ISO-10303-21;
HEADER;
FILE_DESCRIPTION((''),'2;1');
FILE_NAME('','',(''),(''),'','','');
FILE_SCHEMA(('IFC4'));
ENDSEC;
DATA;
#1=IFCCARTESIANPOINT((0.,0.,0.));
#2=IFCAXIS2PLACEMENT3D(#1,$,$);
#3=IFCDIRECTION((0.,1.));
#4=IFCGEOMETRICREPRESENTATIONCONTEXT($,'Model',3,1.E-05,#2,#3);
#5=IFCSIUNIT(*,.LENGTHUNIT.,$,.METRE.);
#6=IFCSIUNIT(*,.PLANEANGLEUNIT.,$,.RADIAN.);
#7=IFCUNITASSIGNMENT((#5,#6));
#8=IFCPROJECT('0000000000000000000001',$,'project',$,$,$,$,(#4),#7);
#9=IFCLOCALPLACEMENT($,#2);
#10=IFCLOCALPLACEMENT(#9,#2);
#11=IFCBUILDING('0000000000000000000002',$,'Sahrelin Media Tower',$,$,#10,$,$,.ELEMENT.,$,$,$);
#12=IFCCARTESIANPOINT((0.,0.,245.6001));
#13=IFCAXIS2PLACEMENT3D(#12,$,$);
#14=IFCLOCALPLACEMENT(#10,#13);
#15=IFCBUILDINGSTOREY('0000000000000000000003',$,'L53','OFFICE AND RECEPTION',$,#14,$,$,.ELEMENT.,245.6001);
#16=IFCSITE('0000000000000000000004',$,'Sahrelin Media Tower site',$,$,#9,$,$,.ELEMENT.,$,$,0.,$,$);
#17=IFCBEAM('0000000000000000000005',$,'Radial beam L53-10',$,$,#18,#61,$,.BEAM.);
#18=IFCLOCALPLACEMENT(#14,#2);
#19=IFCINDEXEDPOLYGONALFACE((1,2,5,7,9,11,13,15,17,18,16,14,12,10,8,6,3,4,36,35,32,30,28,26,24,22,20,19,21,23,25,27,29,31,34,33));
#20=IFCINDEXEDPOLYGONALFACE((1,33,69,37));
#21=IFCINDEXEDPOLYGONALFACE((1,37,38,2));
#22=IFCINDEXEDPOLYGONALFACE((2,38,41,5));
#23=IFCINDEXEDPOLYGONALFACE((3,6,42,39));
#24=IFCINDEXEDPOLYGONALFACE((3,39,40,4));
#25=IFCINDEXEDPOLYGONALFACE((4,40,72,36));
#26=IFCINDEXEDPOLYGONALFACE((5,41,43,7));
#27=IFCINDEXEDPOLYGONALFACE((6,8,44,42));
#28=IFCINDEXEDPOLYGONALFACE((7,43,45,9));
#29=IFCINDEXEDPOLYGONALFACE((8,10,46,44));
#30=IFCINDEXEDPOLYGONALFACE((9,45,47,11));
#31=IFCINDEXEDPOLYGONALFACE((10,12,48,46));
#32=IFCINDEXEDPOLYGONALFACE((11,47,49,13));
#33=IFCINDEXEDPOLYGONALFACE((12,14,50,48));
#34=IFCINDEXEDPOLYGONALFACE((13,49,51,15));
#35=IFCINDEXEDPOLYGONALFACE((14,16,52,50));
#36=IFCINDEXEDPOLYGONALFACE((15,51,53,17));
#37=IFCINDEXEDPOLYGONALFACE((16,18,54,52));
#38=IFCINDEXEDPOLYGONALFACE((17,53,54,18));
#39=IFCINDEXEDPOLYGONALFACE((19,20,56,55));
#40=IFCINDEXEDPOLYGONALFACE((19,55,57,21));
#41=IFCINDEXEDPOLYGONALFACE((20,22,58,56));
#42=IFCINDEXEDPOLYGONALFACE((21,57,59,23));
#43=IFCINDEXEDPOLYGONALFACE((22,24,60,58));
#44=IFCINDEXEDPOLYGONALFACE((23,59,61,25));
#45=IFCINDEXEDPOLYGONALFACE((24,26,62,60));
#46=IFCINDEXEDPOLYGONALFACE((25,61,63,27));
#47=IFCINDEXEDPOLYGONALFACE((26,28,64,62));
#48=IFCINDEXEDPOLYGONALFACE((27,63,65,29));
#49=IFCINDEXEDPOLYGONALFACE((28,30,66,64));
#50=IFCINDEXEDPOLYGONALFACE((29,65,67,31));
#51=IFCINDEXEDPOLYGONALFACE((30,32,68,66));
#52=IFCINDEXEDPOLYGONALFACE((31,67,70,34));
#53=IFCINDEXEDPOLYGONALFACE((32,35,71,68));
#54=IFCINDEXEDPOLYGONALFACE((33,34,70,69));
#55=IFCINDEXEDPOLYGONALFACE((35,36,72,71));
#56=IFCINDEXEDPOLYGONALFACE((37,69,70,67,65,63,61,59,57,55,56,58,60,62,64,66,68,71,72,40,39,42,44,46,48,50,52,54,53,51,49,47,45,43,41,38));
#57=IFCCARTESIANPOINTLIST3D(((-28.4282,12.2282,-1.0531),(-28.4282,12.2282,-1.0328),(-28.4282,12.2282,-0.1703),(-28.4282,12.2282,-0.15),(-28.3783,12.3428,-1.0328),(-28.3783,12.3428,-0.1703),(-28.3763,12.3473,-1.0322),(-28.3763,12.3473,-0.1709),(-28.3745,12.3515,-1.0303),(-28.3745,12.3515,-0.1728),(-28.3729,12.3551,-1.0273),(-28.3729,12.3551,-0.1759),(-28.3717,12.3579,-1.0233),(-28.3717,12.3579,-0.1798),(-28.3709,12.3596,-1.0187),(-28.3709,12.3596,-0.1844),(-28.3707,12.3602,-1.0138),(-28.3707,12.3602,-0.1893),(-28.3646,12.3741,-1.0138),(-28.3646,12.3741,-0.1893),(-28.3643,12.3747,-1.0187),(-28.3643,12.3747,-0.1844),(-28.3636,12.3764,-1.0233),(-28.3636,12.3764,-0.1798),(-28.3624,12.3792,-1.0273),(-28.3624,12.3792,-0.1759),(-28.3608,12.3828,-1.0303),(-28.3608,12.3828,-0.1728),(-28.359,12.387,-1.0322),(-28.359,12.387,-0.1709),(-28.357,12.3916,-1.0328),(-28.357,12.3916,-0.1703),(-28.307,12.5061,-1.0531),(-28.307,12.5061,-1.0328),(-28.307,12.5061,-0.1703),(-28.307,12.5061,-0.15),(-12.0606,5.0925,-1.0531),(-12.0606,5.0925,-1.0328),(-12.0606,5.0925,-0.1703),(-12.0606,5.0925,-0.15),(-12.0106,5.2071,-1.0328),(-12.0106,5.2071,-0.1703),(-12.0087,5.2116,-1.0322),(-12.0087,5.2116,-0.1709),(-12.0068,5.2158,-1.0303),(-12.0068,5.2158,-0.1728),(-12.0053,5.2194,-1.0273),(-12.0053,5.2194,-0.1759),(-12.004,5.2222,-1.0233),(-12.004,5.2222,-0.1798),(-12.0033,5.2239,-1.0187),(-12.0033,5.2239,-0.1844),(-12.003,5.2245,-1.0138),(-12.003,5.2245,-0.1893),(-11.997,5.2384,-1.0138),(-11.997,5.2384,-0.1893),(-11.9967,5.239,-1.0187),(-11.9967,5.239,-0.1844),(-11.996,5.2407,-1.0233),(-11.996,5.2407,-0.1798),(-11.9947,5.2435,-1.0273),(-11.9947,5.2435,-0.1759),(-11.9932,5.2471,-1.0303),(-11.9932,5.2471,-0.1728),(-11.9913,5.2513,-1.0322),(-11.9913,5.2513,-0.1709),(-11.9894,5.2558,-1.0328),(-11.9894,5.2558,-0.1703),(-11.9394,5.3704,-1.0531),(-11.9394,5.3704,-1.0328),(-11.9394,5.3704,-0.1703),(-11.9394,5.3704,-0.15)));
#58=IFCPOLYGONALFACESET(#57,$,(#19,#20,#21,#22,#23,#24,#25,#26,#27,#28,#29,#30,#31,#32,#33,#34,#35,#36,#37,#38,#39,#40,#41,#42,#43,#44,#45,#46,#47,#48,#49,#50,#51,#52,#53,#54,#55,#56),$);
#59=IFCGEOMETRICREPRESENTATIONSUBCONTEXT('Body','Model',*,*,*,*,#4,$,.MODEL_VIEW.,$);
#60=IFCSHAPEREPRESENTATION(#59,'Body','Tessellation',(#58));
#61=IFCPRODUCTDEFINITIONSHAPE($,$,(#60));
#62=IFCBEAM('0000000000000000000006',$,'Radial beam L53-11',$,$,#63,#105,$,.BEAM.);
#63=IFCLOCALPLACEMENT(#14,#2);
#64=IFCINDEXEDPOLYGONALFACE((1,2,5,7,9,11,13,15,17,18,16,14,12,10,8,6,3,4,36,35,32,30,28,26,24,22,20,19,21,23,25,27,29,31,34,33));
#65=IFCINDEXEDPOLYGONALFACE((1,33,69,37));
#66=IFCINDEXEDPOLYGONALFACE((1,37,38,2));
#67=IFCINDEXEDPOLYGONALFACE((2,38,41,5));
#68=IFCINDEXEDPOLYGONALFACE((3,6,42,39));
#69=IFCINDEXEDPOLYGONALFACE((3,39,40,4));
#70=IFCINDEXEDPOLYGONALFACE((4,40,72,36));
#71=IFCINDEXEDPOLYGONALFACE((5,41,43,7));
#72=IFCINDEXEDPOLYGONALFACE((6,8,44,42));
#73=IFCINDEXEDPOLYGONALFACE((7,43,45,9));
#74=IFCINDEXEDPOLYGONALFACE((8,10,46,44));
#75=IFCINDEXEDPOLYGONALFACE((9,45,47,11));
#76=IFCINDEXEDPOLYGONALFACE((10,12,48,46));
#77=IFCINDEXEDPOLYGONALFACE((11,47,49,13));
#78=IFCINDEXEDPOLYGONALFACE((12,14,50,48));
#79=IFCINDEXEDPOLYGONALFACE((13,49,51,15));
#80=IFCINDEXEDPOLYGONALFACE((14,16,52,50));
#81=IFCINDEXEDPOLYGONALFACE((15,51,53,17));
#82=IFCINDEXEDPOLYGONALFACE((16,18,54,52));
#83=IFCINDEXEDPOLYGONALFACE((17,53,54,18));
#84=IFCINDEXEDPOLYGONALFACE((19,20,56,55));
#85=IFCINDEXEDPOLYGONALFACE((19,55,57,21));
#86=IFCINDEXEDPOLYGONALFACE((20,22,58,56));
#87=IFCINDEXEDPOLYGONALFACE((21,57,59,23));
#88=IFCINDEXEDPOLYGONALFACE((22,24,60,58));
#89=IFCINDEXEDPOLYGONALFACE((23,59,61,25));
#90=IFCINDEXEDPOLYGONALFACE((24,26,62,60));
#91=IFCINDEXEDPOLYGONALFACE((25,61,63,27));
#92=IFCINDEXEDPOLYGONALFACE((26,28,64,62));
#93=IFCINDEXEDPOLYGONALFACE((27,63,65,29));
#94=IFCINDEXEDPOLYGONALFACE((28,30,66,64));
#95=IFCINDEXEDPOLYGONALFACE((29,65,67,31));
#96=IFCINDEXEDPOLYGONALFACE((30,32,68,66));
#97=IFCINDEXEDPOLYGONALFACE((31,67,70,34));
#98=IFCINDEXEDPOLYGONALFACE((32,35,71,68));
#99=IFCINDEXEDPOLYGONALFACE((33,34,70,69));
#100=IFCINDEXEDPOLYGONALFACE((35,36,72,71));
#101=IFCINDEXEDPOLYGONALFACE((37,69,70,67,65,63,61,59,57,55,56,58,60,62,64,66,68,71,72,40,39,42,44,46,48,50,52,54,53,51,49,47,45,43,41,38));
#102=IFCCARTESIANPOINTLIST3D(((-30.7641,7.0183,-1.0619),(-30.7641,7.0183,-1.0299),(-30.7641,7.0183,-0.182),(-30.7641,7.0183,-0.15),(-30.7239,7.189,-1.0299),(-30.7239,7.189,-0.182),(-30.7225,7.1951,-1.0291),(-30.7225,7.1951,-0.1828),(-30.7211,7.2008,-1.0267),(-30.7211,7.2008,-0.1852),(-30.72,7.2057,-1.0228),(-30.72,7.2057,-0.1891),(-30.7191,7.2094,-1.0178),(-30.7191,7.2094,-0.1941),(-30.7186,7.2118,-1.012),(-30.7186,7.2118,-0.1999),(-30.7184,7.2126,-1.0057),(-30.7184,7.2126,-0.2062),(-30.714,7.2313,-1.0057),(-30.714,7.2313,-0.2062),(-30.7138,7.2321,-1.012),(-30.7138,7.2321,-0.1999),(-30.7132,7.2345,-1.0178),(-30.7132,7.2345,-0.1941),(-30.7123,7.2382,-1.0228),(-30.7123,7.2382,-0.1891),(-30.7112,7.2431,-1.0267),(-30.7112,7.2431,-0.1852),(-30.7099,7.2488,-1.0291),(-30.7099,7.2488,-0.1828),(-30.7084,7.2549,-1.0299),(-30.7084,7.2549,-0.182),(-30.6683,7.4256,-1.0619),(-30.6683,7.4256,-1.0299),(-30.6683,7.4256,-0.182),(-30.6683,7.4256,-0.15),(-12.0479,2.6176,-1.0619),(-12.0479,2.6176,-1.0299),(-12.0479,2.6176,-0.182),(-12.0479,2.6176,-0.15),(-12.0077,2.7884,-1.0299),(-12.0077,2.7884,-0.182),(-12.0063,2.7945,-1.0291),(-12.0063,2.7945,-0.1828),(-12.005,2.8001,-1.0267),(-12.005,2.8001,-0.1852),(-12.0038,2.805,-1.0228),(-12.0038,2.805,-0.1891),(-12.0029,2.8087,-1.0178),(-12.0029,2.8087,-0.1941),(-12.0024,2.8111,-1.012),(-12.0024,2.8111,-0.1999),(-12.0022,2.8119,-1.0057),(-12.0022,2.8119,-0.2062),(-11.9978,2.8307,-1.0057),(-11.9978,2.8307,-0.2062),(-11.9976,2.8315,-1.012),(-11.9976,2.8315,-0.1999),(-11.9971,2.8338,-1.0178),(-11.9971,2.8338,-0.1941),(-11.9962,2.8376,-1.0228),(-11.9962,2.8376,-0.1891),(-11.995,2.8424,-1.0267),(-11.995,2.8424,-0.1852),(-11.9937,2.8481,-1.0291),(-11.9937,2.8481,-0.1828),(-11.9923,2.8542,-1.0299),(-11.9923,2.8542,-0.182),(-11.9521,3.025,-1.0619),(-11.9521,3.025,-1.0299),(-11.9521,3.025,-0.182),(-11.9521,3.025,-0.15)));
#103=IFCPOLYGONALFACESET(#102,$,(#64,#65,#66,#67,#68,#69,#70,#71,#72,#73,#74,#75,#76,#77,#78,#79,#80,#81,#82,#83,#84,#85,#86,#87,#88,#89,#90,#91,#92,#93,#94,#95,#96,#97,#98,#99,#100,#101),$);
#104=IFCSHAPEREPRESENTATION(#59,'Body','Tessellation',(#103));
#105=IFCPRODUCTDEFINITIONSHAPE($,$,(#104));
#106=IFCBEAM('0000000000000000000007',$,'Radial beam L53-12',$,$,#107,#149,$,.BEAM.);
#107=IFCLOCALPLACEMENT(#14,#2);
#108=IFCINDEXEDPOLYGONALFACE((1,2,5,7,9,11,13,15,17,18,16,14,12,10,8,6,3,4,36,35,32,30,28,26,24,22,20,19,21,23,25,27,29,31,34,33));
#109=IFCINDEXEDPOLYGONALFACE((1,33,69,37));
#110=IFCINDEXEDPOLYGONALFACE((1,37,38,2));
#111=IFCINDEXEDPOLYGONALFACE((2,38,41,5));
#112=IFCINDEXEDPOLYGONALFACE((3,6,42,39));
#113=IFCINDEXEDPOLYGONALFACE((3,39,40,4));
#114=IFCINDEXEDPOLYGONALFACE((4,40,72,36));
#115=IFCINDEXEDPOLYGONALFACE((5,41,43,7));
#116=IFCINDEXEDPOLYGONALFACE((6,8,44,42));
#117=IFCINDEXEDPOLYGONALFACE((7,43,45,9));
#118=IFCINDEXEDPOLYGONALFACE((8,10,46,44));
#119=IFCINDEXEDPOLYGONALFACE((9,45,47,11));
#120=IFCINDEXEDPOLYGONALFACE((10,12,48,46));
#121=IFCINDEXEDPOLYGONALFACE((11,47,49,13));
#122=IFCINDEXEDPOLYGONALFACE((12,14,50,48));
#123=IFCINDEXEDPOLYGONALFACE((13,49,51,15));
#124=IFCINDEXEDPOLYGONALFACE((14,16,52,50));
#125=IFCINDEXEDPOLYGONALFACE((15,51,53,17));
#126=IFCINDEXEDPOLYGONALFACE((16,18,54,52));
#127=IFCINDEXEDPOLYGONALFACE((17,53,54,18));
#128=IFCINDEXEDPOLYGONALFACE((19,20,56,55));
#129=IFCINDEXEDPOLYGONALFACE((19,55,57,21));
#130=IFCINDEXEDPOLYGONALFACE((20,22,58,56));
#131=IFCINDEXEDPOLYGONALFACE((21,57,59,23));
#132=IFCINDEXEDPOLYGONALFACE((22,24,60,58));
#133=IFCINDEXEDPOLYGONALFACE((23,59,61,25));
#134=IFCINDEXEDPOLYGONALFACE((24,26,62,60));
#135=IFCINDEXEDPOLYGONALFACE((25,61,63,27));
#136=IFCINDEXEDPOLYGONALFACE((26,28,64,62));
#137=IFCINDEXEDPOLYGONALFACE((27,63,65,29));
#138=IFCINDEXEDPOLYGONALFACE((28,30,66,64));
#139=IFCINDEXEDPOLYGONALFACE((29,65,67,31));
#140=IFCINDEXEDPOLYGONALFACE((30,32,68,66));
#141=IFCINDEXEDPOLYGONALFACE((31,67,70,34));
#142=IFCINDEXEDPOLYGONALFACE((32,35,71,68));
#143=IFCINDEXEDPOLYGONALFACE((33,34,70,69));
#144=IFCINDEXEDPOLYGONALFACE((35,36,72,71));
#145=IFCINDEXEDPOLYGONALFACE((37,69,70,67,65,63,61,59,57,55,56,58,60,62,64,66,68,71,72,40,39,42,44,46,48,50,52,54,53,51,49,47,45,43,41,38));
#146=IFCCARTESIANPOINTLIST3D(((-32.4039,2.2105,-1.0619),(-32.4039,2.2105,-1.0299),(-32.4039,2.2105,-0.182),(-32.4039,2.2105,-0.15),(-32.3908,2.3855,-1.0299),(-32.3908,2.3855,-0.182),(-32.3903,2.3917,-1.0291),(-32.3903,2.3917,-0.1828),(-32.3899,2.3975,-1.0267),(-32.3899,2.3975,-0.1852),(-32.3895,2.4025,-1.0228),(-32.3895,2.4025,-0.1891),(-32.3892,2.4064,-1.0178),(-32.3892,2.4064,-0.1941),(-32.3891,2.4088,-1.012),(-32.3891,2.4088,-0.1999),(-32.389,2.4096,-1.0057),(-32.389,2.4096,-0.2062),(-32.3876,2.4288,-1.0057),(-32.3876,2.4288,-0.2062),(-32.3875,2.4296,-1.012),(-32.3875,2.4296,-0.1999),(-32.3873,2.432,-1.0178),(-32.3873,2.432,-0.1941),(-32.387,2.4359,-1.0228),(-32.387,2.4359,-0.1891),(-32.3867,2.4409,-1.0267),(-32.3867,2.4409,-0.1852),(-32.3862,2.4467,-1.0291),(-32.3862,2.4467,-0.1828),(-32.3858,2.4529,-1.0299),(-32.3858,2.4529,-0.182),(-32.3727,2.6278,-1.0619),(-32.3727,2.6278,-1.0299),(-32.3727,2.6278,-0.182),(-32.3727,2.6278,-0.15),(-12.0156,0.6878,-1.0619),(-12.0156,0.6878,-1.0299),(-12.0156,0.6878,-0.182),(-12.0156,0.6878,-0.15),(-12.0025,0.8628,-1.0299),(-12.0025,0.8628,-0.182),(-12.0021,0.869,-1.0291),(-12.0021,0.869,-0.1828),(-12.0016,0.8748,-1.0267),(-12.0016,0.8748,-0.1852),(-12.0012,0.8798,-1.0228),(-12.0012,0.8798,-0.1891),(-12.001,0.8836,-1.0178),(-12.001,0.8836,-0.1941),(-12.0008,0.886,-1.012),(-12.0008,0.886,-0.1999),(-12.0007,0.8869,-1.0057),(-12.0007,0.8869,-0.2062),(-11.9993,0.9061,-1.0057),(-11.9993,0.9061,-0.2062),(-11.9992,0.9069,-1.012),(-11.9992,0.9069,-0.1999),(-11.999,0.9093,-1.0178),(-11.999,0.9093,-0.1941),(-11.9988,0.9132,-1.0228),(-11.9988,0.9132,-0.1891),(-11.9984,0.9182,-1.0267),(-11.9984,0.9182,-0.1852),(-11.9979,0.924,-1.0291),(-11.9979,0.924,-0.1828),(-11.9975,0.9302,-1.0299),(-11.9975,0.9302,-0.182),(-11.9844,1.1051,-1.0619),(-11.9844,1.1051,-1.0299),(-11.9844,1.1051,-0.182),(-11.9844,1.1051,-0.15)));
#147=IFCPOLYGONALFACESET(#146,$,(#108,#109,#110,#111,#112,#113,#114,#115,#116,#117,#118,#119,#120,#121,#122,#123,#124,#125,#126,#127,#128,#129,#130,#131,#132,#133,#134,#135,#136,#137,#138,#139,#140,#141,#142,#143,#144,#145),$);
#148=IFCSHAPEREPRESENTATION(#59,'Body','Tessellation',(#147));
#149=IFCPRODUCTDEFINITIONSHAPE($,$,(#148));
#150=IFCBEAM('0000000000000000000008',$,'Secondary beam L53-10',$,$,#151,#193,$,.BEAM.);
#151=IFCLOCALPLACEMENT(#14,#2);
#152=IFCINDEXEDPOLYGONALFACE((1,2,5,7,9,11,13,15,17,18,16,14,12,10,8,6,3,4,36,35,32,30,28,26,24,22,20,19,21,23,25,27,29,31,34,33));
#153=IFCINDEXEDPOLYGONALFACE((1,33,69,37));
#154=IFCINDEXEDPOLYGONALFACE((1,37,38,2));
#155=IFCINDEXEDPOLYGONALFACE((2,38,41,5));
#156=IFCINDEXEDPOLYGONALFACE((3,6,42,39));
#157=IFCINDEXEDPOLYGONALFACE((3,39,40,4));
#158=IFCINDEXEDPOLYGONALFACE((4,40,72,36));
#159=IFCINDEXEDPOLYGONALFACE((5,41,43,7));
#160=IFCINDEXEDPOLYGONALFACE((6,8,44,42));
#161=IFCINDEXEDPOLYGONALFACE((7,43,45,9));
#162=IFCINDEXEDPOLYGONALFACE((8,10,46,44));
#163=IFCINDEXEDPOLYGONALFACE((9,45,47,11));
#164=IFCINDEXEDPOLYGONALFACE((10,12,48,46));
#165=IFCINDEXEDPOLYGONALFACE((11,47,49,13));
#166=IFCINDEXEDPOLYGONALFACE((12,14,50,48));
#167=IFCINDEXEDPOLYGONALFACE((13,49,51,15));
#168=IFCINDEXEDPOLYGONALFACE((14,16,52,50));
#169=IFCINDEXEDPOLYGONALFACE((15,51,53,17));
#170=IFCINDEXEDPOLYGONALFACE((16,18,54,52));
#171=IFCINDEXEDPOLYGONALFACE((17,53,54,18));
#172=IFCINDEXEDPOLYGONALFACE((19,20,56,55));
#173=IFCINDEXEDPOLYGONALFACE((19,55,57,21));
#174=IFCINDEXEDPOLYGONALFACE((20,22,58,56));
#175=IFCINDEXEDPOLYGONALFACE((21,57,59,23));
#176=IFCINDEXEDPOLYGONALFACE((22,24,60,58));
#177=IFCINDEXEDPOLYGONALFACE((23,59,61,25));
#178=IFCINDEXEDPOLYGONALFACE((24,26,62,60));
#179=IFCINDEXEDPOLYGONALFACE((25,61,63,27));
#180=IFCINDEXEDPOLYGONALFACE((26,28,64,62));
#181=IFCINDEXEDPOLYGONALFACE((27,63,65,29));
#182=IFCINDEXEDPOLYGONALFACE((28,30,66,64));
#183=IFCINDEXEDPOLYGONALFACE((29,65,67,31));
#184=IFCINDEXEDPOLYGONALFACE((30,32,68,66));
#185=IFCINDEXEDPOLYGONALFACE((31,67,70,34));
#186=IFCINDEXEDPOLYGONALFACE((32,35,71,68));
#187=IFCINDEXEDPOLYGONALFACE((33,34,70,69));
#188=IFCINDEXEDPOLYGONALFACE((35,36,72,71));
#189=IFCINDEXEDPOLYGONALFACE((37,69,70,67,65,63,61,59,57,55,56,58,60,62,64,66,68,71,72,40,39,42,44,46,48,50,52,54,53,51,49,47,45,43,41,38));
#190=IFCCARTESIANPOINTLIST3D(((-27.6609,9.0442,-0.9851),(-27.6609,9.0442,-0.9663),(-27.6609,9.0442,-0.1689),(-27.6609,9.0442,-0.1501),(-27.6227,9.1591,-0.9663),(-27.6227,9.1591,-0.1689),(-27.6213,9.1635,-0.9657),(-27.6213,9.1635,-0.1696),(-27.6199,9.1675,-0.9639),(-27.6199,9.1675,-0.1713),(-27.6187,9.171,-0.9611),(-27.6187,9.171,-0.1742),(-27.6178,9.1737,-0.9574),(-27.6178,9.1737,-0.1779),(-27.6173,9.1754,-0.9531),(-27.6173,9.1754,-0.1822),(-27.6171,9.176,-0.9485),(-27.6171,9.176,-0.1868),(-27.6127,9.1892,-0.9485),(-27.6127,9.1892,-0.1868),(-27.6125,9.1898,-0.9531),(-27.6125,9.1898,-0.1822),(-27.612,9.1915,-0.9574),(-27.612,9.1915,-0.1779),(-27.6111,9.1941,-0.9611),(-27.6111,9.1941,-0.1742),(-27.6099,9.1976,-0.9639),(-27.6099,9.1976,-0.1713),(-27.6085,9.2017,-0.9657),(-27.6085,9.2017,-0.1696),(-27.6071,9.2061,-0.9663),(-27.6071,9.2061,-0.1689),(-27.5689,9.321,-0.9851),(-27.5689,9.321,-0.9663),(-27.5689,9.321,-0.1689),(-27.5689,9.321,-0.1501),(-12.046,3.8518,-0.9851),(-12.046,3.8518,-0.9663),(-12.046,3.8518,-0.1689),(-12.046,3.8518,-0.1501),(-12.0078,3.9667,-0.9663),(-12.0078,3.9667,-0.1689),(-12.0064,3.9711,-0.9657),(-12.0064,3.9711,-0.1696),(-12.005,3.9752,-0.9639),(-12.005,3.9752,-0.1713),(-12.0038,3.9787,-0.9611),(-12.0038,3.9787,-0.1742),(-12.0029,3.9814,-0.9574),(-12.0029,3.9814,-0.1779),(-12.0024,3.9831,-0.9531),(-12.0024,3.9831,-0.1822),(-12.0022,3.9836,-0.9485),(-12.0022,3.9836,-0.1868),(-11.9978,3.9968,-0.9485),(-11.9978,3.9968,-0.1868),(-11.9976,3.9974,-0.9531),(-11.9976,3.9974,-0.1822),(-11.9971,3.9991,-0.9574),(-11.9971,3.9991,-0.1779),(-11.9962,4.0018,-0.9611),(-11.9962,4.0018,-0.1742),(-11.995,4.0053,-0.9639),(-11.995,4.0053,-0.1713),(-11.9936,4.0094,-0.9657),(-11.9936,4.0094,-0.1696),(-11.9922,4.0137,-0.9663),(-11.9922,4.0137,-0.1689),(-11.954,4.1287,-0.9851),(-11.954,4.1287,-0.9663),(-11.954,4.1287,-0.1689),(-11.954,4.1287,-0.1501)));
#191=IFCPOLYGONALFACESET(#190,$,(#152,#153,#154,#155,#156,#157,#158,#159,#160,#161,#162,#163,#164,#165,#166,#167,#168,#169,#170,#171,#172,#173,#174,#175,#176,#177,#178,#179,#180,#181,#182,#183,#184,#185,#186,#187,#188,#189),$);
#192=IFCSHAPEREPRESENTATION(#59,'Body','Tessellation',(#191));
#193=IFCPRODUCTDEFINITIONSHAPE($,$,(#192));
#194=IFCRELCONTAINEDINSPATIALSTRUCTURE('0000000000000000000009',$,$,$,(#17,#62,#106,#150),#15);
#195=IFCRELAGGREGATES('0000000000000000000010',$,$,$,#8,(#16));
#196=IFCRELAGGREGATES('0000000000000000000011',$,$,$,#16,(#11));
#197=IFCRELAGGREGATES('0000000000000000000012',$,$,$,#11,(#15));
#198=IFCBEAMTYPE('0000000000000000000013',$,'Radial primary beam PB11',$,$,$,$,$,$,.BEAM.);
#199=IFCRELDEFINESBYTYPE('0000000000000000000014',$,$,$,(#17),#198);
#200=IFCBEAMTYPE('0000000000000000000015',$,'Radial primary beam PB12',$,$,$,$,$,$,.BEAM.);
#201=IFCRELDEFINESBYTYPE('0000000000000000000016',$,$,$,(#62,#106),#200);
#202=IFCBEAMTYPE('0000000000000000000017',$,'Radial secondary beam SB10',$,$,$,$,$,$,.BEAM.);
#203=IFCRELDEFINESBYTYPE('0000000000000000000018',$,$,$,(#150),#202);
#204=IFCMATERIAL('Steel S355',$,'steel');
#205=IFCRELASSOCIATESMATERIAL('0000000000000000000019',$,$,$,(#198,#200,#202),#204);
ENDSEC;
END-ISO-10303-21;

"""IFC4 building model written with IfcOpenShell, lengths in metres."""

from ifc_helpers import new_model, si_unit, direction, frame, origin, origin_2d, place, context, subcontext, project, spatial, i_section, extrude, material, material_profile, profile_set, type_object, element, save


model = new_model("IFC4")

# Units and contexts
model_context = context("Model", 3, precision=1e-05, world=origin(), true_north=direction((0.0, 1.0)))
body_context = subcontext(model_context, "Body", "Model", "MODEL_VIEW")
ifc_project = project(units=[si_unit("LENGTHUNIT", "METRE"), si_unit("PLANEANGLEUNIT", "RADIAN")], contexts=[model_context])

# Site, building, storey
site_placement = place(None, origin())
site = spatial("IfcSite", under=ifc_project, at=site_placement, Name="Sahrelin Media Tower site", CompositionType="ELEMENT", RefElevation=0.0)
building_placement = place(site_placement, origin())
building = spatial("IfcBuilding", under=site, at=building_placement, Name="Sahrelin Media Tower", CompositionType="ELEMENT")
storey_placement = place(building_placement, frame((0.0, 0.0, 245.6001)))
storey = spatial("IfcBuildingStorey", under=building, at=storey_placement, Name="L53", Description="OFFICE AND RECEPTION", CompositionType="ELEMENT", Elevation=245.6001)

# Beams
ifc_material_1 = material(Name="Steel S355", Category="steel")
ifc_material_profile_1 = material_profile(ifc_material_1, i_section(OverallWidth=0.3032, OverallDepth=0.9031, WebThickness=0.0151, FlangeThickness=0.0203, FilletRadius=0.019, at=origin_2d()), Name="UB 914x305x201")
ifc_profile_set_1 = profile_set([ifc_material_profile_1], Name="Steel S355")
beam_type_1 = type_object("IfcBeamType", Name="Radial primary beam PB11", PredefinedType="BEAM", material=ifc_profile_set_1)
beam_1_placement = place(storey_placement, frame((-12.0, 5.2314, -0.6016), z_axis=(-0.916673, 0.399638, 0.0), x_axis=(-0.399638, -0.916673, 0.0)))
element("IfcBeam", 1, at=beam_1_placement, inside=storey, type_object=beam_type_1, Name="Radial beam L53-10", PredefinedType="BEAM", context=body_context, shape_type="SweptSolid", body=[
    extrude(i_section(OverallWidth=0.3032, OverallDepth=0.9031, WebThickness=0.0151, FlangeThickness=0.0203, FilletRadius=0.019, at=origin_2d()), origin(), (0.0, 0.0, 1.0), 17.8555),
])
ifc_material_profile_2 = material_profile(ifc_material_1, i_section(OverallWidth=0.4185, OverallDepth=0.9119, WebThickness=0.0193, FlangeThickness=0.032, FilletRadius=0.0242, at=origin_2d()), Name="UB 914x419x343")
ifc_profile_set_2 = profile_set([ifc_material_profile_2], Name="Steel S355")
beam_type_2 = type_object("IfcBeamType", Name="Radial primary beam PB12", PredefinedType="BEAM", material=ifc_profile_set_2)
beam_2_placement = place(storey_placement, frame((-12.0, 2.8213, -0.606), z_axis=(-0.973454, 0.228884, 0.0), x_axis=(-0.228884, -0.973454, 0.0)))
element("IfcBeam", 2, at=beam_2_placement, inside=storey, type_object=beam_type_2, Name="Radial beam L53-11", PredefinedType="BEAM", context=body_context, shape_type="SweptSolid", body=[
    extrude(i_section(OverallWidth=0.4185, OverallDepth=0.9119, WebThickness=0.0193, FlangeThickness=0.032, FilletRadius=0.0242, at=origin_2d()), origin(), (0.0, 0.0, 1.0), 19.2266),
])
beam_3_placement = place(storey_placement, frame((-12.0, 0.8965, -0.606), z_axis=(-0.997223, 0.074478, 0.0), x_axis=(-0.074478, -0.997223, 0.0)))
element("IfcBeam", 3, at=beam_3_placement, inside=storey, type_object=beam_type_2, Name="Radial beam L53-12", PredefinedType="BEAM", context=body_context, shape_type="SweptSolid", body=[
    extrude(i_section(OverallWidth=0.4185, OverallDepth=0.9119, WebThickness=0.0193, FlangeThickness=0.032, FilletRadius=0.0242, at=origin_2d()), origin(), (0.0, 0.0, 1.0), 20.4451),
])
ifc_material_profile_3 = material_profile(ifc_material_1, i_section(OverallWidth=0.2917, OverallDepth=0.835, WebThickness=0.0139, FlangeThickness=0.0188, FilletRadius=0.0178, at=origin_2d()), Name="UB 838x292x176")
ifc_profile_set_3 = profile_set([ifc_material_profile_3], Name="Steel S355")
beam_type_3 = type_object("IfcBeamType", Name="Radial secondary beam SB10", PredefinedType="BEAM", material=ifc_profile_set_3)
beam_4_placement = place(storey_placement, frame((-12.0, 3.9902, -0.5676), z_axis=(-0.948913, 0.315538, 0.0), x_axis=(-0.315538, -0.948913, 0.0)))
element("IfcBeam", 4, at=beam_4_placement, inside=storey, type_object=beam_type_3, Name="Secondary beam L53-10", PredefinedType="BEAM", context=body_context, shape_type="SweptSolid", body=[
    extrude(i_section(OverallWidth=0.2917, OverallDepth=0.835, WebThickness=0.0139, FlangeThickness=0.0188, FilletRadius=0.0178, at=origin_2d()), origin(), (0.0, 0.0, 1.0), 16.4556),
])

save(model, "model.ifc")
